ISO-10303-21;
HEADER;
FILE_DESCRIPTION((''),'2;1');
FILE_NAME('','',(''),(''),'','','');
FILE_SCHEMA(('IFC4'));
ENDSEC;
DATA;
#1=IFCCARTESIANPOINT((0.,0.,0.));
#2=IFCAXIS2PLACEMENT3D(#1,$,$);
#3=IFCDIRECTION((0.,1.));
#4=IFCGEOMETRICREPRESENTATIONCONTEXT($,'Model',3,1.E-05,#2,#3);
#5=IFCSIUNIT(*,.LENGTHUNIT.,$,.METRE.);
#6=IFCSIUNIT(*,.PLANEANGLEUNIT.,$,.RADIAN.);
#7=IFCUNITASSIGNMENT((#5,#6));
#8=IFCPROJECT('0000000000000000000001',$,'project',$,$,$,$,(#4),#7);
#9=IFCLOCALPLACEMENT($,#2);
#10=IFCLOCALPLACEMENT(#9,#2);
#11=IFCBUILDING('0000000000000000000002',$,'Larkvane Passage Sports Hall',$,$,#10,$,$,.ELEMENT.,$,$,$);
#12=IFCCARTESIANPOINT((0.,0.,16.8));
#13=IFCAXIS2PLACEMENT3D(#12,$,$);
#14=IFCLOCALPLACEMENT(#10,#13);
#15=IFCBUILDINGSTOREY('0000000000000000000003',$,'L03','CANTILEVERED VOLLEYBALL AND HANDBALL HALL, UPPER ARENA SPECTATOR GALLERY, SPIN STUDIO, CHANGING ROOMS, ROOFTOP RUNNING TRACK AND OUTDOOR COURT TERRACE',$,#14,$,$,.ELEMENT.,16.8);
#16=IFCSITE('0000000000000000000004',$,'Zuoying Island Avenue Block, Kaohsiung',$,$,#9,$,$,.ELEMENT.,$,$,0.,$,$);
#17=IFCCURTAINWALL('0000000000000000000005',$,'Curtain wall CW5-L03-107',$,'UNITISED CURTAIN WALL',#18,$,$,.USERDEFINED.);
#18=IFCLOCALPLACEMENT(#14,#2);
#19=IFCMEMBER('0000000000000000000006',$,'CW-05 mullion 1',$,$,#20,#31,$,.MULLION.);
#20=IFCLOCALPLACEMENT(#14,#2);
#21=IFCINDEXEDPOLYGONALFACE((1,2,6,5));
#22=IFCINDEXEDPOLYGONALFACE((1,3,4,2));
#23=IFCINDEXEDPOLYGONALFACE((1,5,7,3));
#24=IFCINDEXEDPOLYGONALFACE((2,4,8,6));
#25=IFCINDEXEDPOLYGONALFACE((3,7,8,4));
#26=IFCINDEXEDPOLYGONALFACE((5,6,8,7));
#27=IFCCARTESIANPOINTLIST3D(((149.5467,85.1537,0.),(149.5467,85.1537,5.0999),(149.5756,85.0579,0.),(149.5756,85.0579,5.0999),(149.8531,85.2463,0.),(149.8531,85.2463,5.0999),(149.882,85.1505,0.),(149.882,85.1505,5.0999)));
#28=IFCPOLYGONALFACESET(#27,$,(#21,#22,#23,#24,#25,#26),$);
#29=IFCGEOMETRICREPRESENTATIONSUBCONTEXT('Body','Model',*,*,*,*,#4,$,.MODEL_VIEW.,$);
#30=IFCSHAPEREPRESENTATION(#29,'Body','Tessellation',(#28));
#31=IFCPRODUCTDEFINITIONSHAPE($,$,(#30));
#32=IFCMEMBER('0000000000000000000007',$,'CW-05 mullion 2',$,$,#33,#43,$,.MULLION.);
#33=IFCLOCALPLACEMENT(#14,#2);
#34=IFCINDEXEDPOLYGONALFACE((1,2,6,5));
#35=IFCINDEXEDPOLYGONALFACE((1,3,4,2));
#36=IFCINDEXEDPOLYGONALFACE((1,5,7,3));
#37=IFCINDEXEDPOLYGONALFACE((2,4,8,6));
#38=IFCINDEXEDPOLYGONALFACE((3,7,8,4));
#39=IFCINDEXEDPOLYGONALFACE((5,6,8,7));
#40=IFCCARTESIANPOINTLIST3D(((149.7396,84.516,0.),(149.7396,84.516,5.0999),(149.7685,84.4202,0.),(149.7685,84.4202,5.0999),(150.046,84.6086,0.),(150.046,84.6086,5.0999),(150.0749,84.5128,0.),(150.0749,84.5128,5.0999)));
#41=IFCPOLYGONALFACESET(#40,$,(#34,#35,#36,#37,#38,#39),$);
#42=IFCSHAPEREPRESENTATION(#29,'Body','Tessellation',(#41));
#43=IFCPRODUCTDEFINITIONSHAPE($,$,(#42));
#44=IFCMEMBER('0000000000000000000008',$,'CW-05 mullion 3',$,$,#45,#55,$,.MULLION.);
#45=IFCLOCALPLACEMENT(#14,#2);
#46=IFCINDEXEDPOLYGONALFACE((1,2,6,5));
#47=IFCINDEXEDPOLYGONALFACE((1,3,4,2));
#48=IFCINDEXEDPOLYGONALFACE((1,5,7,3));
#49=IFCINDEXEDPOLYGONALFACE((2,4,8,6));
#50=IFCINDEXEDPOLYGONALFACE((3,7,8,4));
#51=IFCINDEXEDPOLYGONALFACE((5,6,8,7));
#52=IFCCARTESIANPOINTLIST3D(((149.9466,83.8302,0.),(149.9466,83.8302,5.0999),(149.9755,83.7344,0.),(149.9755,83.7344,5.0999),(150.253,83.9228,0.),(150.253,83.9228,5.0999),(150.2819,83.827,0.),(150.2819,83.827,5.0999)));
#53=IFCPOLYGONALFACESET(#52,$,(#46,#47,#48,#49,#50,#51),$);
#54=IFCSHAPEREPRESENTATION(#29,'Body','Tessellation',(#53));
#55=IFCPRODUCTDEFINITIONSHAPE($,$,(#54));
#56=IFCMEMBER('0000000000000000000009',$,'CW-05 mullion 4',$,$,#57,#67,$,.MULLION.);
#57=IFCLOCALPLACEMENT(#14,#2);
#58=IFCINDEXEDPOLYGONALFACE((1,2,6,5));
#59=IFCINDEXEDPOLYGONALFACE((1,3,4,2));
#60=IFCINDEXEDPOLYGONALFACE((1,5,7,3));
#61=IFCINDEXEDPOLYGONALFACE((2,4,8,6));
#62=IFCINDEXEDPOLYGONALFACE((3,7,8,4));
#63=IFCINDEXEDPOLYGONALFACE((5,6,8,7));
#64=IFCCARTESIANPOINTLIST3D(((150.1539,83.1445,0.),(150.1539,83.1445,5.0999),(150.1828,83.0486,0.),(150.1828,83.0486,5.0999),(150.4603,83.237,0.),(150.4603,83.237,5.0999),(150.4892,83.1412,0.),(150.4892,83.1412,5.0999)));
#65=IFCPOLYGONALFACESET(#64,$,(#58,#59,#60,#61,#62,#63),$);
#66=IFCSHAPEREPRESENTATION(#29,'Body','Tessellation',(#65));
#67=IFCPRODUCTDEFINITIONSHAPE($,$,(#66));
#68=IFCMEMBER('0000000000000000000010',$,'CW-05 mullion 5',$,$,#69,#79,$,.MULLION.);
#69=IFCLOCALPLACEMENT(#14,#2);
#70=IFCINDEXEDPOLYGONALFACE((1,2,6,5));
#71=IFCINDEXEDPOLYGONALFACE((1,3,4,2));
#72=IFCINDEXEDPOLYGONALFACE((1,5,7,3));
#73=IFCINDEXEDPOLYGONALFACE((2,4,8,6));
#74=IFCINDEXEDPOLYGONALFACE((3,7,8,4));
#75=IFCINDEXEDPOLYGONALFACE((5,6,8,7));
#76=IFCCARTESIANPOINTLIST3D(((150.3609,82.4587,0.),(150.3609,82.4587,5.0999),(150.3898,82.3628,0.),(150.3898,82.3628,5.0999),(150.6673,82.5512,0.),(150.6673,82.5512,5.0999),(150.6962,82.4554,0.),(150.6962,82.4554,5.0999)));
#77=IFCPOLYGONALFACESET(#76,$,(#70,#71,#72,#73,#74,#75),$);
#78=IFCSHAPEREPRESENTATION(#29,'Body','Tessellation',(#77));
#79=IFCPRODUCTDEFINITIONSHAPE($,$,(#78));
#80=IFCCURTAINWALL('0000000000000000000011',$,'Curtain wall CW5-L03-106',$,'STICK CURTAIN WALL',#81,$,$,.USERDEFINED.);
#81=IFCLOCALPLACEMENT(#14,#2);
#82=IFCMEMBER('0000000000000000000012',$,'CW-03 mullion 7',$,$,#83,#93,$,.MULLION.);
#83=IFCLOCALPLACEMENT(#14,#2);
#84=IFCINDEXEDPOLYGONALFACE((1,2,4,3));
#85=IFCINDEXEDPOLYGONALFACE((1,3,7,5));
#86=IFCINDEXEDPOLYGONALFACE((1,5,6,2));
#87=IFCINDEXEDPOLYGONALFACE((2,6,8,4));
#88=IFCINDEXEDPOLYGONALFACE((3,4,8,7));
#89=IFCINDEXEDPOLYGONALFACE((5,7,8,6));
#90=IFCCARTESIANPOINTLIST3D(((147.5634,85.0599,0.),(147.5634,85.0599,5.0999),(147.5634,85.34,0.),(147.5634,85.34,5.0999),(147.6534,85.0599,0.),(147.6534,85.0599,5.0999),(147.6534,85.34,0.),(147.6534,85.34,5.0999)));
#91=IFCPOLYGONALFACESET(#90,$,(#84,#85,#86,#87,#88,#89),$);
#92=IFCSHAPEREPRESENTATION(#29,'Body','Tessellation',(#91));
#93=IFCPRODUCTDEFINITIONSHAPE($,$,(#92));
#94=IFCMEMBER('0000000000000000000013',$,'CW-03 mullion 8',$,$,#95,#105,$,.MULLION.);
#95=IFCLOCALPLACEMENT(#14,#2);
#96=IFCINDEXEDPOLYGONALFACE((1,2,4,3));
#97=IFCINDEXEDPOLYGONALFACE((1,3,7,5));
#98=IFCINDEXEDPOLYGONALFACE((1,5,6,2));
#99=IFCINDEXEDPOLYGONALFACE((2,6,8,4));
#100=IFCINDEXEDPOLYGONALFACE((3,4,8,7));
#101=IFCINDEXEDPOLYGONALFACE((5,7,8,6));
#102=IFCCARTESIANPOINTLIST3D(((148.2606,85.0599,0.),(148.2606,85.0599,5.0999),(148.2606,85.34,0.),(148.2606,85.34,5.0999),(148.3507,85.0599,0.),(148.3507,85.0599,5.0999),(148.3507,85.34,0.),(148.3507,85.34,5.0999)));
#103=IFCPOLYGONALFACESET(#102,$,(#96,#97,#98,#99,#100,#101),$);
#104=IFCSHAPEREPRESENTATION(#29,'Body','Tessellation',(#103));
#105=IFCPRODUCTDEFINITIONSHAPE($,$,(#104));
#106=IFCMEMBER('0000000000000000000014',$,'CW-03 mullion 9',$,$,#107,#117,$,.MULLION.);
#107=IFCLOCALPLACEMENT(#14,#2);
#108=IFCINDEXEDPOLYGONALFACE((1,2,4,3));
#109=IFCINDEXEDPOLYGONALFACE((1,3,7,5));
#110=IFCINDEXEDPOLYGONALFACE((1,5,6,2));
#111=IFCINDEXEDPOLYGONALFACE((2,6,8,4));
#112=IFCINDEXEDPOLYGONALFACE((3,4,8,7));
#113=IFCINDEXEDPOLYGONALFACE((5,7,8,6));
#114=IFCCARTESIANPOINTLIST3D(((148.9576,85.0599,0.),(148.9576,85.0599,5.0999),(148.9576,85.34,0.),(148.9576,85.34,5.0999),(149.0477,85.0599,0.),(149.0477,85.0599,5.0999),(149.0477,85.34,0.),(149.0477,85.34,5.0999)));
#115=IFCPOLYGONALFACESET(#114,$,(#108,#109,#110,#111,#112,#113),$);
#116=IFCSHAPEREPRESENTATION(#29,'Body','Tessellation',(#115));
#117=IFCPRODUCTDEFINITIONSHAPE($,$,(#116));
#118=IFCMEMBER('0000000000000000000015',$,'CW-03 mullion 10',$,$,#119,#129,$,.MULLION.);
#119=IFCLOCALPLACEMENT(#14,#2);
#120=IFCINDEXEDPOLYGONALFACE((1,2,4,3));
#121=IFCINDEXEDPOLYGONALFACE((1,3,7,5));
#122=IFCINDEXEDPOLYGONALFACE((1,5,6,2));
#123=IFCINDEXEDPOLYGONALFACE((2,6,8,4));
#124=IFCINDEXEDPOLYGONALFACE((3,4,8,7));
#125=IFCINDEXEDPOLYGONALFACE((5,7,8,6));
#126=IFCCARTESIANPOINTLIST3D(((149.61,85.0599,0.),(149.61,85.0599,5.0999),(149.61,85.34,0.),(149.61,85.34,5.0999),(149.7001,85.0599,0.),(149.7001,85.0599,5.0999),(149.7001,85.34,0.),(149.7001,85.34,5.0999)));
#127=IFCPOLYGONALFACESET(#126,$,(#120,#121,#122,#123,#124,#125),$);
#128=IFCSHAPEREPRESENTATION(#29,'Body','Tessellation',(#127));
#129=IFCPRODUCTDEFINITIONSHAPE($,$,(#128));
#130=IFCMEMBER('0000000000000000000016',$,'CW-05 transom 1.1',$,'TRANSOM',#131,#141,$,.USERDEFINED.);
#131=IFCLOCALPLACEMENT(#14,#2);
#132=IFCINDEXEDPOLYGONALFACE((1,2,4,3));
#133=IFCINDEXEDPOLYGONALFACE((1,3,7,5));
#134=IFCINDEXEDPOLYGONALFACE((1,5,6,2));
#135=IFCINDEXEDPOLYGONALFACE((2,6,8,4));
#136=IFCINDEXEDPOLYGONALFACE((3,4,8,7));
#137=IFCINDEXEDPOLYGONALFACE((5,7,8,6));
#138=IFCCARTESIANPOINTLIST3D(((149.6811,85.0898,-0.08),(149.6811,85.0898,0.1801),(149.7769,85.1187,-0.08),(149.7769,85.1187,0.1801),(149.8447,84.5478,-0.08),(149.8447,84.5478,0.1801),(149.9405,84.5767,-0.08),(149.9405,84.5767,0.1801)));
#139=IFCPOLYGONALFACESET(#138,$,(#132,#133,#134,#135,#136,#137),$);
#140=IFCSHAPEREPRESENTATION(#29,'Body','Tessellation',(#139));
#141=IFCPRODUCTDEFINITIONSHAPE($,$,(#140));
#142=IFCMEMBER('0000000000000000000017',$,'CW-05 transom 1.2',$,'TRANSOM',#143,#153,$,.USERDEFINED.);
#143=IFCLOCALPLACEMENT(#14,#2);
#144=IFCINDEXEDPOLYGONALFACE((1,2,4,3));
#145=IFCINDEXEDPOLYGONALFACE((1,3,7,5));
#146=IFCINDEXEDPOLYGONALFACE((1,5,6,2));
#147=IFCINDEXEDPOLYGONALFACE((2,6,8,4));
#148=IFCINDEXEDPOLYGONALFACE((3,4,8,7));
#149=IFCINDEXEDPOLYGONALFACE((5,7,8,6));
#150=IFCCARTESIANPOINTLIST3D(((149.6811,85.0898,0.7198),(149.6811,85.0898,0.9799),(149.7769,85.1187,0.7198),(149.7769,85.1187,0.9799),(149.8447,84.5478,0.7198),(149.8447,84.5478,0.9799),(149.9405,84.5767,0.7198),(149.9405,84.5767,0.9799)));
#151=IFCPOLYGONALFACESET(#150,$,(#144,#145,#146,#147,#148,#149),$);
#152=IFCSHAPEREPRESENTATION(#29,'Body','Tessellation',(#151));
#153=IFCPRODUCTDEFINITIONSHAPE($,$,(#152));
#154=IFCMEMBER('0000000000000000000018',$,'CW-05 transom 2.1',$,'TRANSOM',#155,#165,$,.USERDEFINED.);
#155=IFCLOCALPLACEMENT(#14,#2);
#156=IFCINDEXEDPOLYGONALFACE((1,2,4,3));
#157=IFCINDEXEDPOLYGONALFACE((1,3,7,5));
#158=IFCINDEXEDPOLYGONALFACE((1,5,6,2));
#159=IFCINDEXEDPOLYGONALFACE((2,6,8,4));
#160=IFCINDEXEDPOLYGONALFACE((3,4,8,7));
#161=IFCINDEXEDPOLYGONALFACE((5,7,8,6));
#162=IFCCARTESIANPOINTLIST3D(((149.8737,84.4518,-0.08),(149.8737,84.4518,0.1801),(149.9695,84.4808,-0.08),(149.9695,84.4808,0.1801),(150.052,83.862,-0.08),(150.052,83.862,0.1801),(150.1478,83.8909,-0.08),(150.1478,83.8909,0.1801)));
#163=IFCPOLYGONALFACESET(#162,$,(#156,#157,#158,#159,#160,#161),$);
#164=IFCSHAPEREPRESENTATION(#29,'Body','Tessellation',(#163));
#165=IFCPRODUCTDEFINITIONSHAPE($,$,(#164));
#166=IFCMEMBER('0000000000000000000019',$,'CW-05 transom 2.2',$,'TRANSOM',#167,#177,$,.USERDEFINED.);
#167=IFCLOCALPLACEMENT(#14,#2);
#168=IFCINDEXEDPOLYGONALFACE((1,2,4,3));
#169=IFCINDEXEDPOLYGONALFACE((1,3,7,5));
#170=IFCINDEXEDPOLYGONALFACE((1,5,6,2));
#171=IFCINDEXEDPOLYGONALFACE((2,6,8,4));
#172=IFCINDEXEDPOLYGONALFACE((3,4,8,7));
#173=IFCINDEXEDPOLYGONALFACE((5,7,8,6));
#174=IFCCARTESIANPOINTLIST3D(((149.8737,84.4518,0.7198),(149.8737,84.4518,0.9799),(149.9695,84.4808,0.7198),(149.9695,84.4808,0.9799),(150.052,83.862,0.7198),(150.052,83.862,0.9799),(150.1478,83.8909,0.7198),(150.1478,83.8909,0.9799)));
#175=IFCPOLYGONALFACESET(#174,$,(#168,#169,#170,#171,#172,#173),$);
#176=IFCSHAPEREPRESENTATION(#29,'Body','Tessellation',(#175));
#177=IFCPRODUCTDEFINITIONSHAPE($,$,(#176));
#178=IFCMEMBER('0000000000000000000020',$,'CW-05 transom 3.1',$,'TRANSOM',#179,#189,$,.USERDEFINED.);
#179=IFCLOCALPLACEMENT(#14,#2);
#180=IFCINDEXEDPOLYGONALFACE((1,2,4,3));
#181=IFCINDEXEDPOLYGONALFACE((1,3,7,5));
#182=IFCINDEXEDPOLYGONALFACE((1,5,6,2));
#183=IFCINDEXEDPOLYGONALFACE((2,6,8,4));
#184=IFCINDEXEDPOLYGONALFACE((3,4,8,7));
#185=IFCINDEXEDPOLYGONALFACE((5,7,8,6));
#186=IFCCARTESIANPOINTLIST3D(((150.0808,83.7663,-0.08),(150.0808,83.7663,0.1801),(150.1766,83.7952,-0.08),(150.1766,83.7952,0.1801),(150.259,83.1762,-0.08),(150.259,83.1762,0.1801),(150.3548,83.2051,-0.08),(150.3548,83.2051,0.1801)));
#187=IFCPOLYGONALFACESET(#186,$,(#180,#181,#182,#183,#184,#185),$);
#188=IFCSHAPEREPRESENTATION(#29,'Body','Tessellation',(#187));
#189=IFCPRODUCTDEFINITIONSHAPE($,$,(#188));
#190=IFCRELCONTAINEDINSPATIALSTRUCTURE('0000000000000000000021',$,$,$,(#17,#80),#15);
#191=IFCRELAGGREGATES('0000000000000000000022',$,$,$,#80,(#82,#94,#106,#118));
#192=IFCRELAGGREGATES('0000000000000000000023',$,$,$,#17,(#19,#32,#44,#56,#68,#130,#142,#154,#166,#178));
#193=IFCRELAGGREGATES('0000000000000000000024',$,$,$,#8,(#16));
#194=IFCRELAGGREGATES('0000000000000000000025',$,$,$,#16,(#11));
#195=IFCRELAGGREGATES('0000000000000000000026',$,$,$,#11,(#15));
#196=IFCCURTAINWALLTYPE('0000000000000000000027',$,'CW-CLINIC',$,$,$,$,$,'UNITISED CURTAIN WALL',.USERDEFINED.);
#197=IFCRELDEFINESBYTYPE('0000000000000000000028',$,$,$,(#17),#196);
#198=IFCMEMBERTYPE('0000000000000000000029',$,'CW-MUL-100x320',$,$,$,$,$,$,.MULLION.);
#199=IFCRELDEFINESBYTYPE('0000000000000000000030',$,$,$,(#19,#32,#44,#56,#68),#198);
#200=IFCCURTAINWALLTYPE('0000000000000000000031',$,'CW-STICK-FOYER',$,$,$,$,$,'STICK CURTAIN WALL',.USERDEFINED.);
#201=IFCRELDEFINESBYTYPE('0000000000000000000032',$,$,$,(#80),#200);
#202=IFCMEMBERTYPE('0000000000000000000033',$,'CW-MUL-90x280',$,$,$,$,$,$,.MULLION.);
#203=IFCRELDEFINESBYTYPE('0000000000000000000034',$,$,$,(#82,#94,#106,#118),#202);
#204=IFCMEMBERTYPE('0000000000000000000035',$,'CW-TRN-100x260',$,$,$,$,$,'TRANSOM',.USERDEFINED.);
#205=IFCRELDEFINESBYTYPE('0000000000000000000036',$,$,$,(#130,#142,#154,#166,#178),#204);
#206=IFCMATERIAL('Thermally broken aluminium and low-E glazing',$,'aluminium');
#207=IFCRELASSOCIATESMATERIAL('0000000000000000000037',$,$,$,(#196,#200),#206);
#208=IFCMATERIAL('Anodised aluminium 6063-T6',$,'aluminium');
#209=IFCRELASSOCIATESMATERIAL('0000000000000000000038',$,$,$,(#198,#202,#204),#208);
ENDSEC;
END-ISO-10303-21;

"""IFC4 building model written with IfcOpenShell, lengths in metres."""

from ifc_helpers import new_model, si_unit, direction, frame, origin, origin_2d, place, context, subcontext, project, spatial, rectangle, extrude, material, material_profile, profile_set, type_object, element, aggregate, save


model = new_model("IFC4")

# Units and contexts
model_context = context("Model", 3, precision=1e-05, world=origin(), true_north=direction((0.0, 1.0)))
body_context = subcontext(model_context, "Body", "Model", "MODEL_VIEW")
ifc_project = project(units=[si_unit("LENGTHUNIT", "METRE"), si_unit("PLANEANGLEUNIT", "RADIAN")], contexts=[model_context])

# Site, building, storey
site_placement = place(None, origin())
site = spatial("IfcSite", under=ifc_project, at=site_placement, Name="Zuoying Island Avenue Block, Kaohsiung", CompositionType="ELEMENT", RefElevation=0.0)
building_placement = place(site_placement, origin())
building = spatial("IfcBuilding", under=site, at=building_placement, Name="Larkvane Passage Sports Hall", CompositionType="ELEMENT")
storey_placement = place(building_placement, frame((0.0, 0.0, 16.8)))
storey = spatial("IfcBuildingStorey", under=building, at=storey_placement, Name="L03", Description="CANTILEVERED VOLLEYBALL AND HANDBALL HALL, UPPER ARENA SPECTATOR GALLERY, SPIN STUDIO, CHANGING ROOMS, ROOFTOP RUNNING TRACK AND OUTDOOR COURT TERRACE", CompositionType="ELEMENT", Elevation=16.8)

# Curtain walls, members
ifc_material_1 = material(Name="Thermally broken aluminium and low-E glazing", Category="aluminium")
curtain_wall_type_1 = type_object("IfcCurtainWallType", Name="CW-CLINIC", ElementType="UNITISED CURTAIN WALL", PredefinedType="USERDEFINED", material=ifc_material_1)
curtain_wall_1_placement = place(storey_placement, origin())
curtain_wall_1 = element("IfcCurtainWall", 1, at=curtain_wall_1_placement, inside=storey, type_object=curtain_wall_type_1, Name="Curtain wall CW5-L03-107", ObjectType="UNITISED CURTAIN WALL", PredefinedType="USERDEFINED")
ifc_material_2 = material(Name="Anodised aluminium 6063-T6", Category="aluminium")
ifc_material_profile_1 = material_profile(ifc_material_2, rectangle(XDim=0.1001, YDim=0.3201, at=origin_2d()), Name="ALU-MUL-100x320")
ifc_profile_set_1 = profile_set([ifc_material_profile_1], Name="Anodised aluminium 6063-T6")
member_type_1 = type_object("IfcMemberType", Name="CW-MUL-100x320", PredefinedType="MULLION", material=ifc_profile_set_1)
member_1_placement = place(storey_placement, frame((149.7144, 85.1521, 0.0), z_axis=(0.0, 0.0, 1.0), x_axis=(0.289177, -0.957276, 0.0)))
member_1 = element("IfcMember", 2, at=member_1_placement, type_object=member_type_1, Name="CW-05 mullion 1", PredefinedType="MULLION", context=body_context, shape_type="SweptSolid", body=[
    extrude(rectangle(XDim=0.1001, YDim=0.3201, at=origin_2d()), origin(), (0.0, 0.0, 1.0), 5.0999),
])
member_2_placement = place(storey_placement, frame((149.9072, 84.5144, 0.0), z_axis=(0.0, 0.0, 1.0), x_axis=(0.289177, -0.957276, 0.0)))
member_2 = element("IfcMember", 3, at=member_2_placement, type_object=member_type_1, Name="CW-05 mullion 2", PredefinedType="MULLION", context=body_context, shape_type="SweptSolid", body=[
    extrude(rectangle(XDim=0.1001, YDim=0.3201, at=origin_2d()), origin(), (0.0, 0.0, 1.0), 5.0999),
])
member_3_placement = place(storey_placement, frame((150.1143, 83.8286, 0.0), z_axis=(0.0, 0.0, 1.0), x_axis=(0.289177, -0.957276, 0.0)))
member_3 = element("IfcMember", 4, at=member_3_placement, type_object=member_type_1, Name="CW-05 mullion 3", PredefinedType="MULLION", context=body_context, shape_type="SweptSolid", body=[
    extrude(rectangle(XDim=0.1001, YDim=0.3201, at=origin_2d()), origin(), (0.0, 0.0, 1.0), 5.0999),
])
member_4_placement = place(storey_placement, frame((150.3215, 83.1428, 0.0), z_axis=(0.0, 0.0, 1.0), x_axis=(0.289177, -0.957276, 0.0)))
member_4 = element("IfcMember", 5, at=member_4_placement, type_object=member_type_1, Name="CW-05 mullion 4", PredefinedType="MULLION", context=body_context, shape_type="SweptSolid", body=[
    extrude(rectangle(XDim=0.1001, YDim=0.3201, at=origin_2d()), origin(), (0.0, 0.0, 1.0), 5.0999),
])
member_5_placement = place(storey_placement, frame((150.5286, 82.457, 0.0), z_axis=(0.0, 0.0, 1.0), x_axis=(0.289177, -0.957276, 0.0)))
member_5 = element("IfcMember", 6, at=member_5_placement, type_object=member_type_1, Name="CW-05 mullion 5", PredefinedType="MULLION", context=body_context, shape_type="SweptSolid", body=[
    extrude(rectangle(XDim=0.1001, YDim=0.3201, at=origin_2d()), origin(), (0.0, 0.0, 1.0), 5.0999),
])
curtain_wall_type_2 = type_object("IfcCurtainWallType", Name="CW-STICK-FOYER", ElementType="STICK CURTAIN WALL", PredefinedType="USERDEFINED", material=ifc_material_1)
curtain_wall_2_placement = place(storey_placement, origin())
curtain_wall_2 = element("IfcCurtainWall", 7, at=curtain_wall_2_placement, inside=storey, type_object=curtain_wall_type_2, Name="Curtain wall CW5-L03-106", ObjectType="STICK CURTAIN WALL", PredefinedType="USERDEFINED")
ifc_material_profile_2 = material_profile(ifc_material_2, rectangle(XDim=0.0901, YDim=0.28, at=origin_2d()), Name="ALU-MUL-90x280")
ifc_profile_set_2 = profile_set([ifc_material_profile_2], Name="Anodised aluminium 6063-T6")
member_type_2 = type_object("IfcMemberType", Name="CW-MUL-90x280", PredefinedType="MULLION", material=ifc_profile_set_2)
member_6_placement = place(storey_placement, frame((147.6084, 85.2, 0.0), z_axis=(0.0, 0.0, 1.0), x_axis=(1.0, 0.0, 0.0)))
member_6 = element("IfcMember", 8, at=member_6_placement, type_object=member_type_2, Name="CW-03 mullion 7", PredefinedType="MULLION", context=body_context, shape_type="SweptSolid", body=[
    extrude(rectangle(XDim=0.0901, YDim=0.28, at=origin_2d()), origin(), (0.0, 0.0, 1.0), 5.0999),
])
member_7_placement = place(storey_placement, frame((148.3057, 85.2, 0.0), z_axis=(0.0, 0.0, 1.0), x_axis=(1.0, 0.0, 0.0)))
member_7 = element("IfcMember", 9, at=member_7_placement, type_object=member_type_2, Name="CW-03 mullion 8", PredefinedType="MULLION", context=body_context, shape_type="SweptSolid", body=[
    extrude(rectangle(XDim=0.0901, YDim=0.28, at=origin_2d()), origin(), (0.0, 0.0, 1.0), 5.0999),
])
member_8_placement = place(storey_placement, frame((149.0027, 85.2, 0.0), z_axis=(0.0, 0.0, 1.0), x_axis=(1.0, 0.0, 0.0)))
member_8 = element("IfcMember", 10, at=member_8_placement, type_object=member_type_2, Name="CW-03 mullion 9", PredefinedType="MULLION", context=body_context, shape_type="SweptSolid", body=[
    extrude(rectangle(XDim=0.0901, YDim=0.28, at=origin_2d()), origin(), (0.0, 0.0, 1.0), 5.0999),
])
member_9_placement = place(storey_placement, frame((149.655, 85.2, 0.0), z_axis=(0.0, 0.0, 1.0), x_axis=(1.0, 0.0, 0.0)))
member_9 = element("IfcMember", 11, at=member_9_placement, type_object=member_type_2, Name="CW-03 mullion 10", PredefinedType="MULLION", context=body_context, shape_type="SweptSolid", body=[
    extrude(rectangle(XDim=0.0901, YDim=0.28, at=origin_2d()), origin(), (0.0, 0.0, 1.0), 5.0999),
])

# Members
ifc_material_profile_3 = material_profile(ifc_material_2, rectangle(XDim=0.1001, YDim=0.26, at=origin_2d()), Name="ALU-TRN-100x260")
ifc_profile_set_3 = profile_set([ifc_material_profile_3], Name="Anodised aluminium 6063-T6")
member_type_3 = type_object("IfcMemberType", Name="CW-TRN-100x260", ElementType="TRANSOM", PredefinedType="USERDEFINED", material=ifc_profile_set_3)
member_10_placement = place(storey_placement, frame((149.729, 85.1042, 0.05), z_axis=(0.28893, -0.95735, 0.0), x_axis=(0.95735, 0.28893, 0.0)))
member_10 = element("IfcMember", 12, at=member_10_placement, type_object=member_type_3, Name="CW-05 transom 1.1", ObjectType="TRANSOM", PredefinedType="USERDEFINED", context=body_context, shape_type="SweptSolid", body=[
    extrude(rectangle(XDim=0.1001, YDim=0.26, at=origin_2d()), origin(), (0.0, 0.0, 1.0), 0.5662),
])
member_11_placement = place(storey_placement, frame((149.729, 85.1042, 0.8499), z_axis=(0.28893, -0.95735, 0.0), x_axis=(0.95735, 0.28893, 0.0)))
member_11 = element("IfcMember", 13, at=member_11_placement, type_object=member_type_3, Name="CW-05 transom 1.2", ObjectType="TRANSOM", PredefinedType="USERDEFINED", context=body_context, shape_type="SweptSolid", body=[
    extrude(rectangle(XDim=0.1001, YDim=0.26, at=origin_2d()), origin(), (0.0, 0.0, 1.0), 0.5662),
])
member_12_placement = place(storey_placement, frame((149.9216, 84.4663, 0.05), z_axis=(0.289238, -0.957257, 0.0), x_axis=(0.957257, 0.289238, 0.0)))
member_12 = element("IfcMember", 14, at=member_12_placement, type_object=member_type_3, Name="CW-05 transom 2.1", ObjectType="TRANSOM", PredefinedType="USERDEFINED", context=body_context, shape_type="SweptSolid", body=[
    extrude(rectangle(XDim=0.1001, YDim=0.26, at=origin_2d()), origin(), (0.0, 0.0, 1.0), 0.6162),
])
member_13_placement = place(storey_placement, frame((149.9216, 84.4663, 0.8499), z_axis=(0.289238, -0.957257, 0.0), x_axis=(0.957257, 0.289238, 0.0)))
member_13 = element("IfcMember", 15, at=member_13_placement, type_object=member_type_3, Name="CW-05 transom 2.2", ObjectType="TRANSOM", PredefinedType="USERDEFINED", context=body_context, shape_type="SweptSolid", body=[
    extrude(rectangle(XDim=0.1001, YDim=0.26, at=origin_2d()), origin(), (0.0, 0.0, 1.0), 0.6162),
])
member_14_placement = place(storey_placement, frame((150.1287, 83.7808, 0.05), z_axis=(0.289128, -0.95729, 0.0), x_axis=(0.95729, 0.289128, 0.0)))
member_14 = element("IfcMember", 16, at=member_14_placement, type_object=member_type_3, Name="CW-05 transom 3.1", ObjectType="TRANSOM", PredefinedType="USERDEFINED", context=body_context, shape_type="SweptSolid", body=[
    extrude(rectangle(XDim=0.1001, YDim=0.26, at=origin_2d()), origin(), (0.0, 0.0, 1.0), 0.6165),
])

aggregate(curtain_wall_2, [member_6, member_7, member_8, member_9])
aggregate(curtain_wall_1, [member_1, member_2, member_3, member_4, member_5, member_10, member_11, member_12, member_13, member_14])

save(model, "model.ifc")
